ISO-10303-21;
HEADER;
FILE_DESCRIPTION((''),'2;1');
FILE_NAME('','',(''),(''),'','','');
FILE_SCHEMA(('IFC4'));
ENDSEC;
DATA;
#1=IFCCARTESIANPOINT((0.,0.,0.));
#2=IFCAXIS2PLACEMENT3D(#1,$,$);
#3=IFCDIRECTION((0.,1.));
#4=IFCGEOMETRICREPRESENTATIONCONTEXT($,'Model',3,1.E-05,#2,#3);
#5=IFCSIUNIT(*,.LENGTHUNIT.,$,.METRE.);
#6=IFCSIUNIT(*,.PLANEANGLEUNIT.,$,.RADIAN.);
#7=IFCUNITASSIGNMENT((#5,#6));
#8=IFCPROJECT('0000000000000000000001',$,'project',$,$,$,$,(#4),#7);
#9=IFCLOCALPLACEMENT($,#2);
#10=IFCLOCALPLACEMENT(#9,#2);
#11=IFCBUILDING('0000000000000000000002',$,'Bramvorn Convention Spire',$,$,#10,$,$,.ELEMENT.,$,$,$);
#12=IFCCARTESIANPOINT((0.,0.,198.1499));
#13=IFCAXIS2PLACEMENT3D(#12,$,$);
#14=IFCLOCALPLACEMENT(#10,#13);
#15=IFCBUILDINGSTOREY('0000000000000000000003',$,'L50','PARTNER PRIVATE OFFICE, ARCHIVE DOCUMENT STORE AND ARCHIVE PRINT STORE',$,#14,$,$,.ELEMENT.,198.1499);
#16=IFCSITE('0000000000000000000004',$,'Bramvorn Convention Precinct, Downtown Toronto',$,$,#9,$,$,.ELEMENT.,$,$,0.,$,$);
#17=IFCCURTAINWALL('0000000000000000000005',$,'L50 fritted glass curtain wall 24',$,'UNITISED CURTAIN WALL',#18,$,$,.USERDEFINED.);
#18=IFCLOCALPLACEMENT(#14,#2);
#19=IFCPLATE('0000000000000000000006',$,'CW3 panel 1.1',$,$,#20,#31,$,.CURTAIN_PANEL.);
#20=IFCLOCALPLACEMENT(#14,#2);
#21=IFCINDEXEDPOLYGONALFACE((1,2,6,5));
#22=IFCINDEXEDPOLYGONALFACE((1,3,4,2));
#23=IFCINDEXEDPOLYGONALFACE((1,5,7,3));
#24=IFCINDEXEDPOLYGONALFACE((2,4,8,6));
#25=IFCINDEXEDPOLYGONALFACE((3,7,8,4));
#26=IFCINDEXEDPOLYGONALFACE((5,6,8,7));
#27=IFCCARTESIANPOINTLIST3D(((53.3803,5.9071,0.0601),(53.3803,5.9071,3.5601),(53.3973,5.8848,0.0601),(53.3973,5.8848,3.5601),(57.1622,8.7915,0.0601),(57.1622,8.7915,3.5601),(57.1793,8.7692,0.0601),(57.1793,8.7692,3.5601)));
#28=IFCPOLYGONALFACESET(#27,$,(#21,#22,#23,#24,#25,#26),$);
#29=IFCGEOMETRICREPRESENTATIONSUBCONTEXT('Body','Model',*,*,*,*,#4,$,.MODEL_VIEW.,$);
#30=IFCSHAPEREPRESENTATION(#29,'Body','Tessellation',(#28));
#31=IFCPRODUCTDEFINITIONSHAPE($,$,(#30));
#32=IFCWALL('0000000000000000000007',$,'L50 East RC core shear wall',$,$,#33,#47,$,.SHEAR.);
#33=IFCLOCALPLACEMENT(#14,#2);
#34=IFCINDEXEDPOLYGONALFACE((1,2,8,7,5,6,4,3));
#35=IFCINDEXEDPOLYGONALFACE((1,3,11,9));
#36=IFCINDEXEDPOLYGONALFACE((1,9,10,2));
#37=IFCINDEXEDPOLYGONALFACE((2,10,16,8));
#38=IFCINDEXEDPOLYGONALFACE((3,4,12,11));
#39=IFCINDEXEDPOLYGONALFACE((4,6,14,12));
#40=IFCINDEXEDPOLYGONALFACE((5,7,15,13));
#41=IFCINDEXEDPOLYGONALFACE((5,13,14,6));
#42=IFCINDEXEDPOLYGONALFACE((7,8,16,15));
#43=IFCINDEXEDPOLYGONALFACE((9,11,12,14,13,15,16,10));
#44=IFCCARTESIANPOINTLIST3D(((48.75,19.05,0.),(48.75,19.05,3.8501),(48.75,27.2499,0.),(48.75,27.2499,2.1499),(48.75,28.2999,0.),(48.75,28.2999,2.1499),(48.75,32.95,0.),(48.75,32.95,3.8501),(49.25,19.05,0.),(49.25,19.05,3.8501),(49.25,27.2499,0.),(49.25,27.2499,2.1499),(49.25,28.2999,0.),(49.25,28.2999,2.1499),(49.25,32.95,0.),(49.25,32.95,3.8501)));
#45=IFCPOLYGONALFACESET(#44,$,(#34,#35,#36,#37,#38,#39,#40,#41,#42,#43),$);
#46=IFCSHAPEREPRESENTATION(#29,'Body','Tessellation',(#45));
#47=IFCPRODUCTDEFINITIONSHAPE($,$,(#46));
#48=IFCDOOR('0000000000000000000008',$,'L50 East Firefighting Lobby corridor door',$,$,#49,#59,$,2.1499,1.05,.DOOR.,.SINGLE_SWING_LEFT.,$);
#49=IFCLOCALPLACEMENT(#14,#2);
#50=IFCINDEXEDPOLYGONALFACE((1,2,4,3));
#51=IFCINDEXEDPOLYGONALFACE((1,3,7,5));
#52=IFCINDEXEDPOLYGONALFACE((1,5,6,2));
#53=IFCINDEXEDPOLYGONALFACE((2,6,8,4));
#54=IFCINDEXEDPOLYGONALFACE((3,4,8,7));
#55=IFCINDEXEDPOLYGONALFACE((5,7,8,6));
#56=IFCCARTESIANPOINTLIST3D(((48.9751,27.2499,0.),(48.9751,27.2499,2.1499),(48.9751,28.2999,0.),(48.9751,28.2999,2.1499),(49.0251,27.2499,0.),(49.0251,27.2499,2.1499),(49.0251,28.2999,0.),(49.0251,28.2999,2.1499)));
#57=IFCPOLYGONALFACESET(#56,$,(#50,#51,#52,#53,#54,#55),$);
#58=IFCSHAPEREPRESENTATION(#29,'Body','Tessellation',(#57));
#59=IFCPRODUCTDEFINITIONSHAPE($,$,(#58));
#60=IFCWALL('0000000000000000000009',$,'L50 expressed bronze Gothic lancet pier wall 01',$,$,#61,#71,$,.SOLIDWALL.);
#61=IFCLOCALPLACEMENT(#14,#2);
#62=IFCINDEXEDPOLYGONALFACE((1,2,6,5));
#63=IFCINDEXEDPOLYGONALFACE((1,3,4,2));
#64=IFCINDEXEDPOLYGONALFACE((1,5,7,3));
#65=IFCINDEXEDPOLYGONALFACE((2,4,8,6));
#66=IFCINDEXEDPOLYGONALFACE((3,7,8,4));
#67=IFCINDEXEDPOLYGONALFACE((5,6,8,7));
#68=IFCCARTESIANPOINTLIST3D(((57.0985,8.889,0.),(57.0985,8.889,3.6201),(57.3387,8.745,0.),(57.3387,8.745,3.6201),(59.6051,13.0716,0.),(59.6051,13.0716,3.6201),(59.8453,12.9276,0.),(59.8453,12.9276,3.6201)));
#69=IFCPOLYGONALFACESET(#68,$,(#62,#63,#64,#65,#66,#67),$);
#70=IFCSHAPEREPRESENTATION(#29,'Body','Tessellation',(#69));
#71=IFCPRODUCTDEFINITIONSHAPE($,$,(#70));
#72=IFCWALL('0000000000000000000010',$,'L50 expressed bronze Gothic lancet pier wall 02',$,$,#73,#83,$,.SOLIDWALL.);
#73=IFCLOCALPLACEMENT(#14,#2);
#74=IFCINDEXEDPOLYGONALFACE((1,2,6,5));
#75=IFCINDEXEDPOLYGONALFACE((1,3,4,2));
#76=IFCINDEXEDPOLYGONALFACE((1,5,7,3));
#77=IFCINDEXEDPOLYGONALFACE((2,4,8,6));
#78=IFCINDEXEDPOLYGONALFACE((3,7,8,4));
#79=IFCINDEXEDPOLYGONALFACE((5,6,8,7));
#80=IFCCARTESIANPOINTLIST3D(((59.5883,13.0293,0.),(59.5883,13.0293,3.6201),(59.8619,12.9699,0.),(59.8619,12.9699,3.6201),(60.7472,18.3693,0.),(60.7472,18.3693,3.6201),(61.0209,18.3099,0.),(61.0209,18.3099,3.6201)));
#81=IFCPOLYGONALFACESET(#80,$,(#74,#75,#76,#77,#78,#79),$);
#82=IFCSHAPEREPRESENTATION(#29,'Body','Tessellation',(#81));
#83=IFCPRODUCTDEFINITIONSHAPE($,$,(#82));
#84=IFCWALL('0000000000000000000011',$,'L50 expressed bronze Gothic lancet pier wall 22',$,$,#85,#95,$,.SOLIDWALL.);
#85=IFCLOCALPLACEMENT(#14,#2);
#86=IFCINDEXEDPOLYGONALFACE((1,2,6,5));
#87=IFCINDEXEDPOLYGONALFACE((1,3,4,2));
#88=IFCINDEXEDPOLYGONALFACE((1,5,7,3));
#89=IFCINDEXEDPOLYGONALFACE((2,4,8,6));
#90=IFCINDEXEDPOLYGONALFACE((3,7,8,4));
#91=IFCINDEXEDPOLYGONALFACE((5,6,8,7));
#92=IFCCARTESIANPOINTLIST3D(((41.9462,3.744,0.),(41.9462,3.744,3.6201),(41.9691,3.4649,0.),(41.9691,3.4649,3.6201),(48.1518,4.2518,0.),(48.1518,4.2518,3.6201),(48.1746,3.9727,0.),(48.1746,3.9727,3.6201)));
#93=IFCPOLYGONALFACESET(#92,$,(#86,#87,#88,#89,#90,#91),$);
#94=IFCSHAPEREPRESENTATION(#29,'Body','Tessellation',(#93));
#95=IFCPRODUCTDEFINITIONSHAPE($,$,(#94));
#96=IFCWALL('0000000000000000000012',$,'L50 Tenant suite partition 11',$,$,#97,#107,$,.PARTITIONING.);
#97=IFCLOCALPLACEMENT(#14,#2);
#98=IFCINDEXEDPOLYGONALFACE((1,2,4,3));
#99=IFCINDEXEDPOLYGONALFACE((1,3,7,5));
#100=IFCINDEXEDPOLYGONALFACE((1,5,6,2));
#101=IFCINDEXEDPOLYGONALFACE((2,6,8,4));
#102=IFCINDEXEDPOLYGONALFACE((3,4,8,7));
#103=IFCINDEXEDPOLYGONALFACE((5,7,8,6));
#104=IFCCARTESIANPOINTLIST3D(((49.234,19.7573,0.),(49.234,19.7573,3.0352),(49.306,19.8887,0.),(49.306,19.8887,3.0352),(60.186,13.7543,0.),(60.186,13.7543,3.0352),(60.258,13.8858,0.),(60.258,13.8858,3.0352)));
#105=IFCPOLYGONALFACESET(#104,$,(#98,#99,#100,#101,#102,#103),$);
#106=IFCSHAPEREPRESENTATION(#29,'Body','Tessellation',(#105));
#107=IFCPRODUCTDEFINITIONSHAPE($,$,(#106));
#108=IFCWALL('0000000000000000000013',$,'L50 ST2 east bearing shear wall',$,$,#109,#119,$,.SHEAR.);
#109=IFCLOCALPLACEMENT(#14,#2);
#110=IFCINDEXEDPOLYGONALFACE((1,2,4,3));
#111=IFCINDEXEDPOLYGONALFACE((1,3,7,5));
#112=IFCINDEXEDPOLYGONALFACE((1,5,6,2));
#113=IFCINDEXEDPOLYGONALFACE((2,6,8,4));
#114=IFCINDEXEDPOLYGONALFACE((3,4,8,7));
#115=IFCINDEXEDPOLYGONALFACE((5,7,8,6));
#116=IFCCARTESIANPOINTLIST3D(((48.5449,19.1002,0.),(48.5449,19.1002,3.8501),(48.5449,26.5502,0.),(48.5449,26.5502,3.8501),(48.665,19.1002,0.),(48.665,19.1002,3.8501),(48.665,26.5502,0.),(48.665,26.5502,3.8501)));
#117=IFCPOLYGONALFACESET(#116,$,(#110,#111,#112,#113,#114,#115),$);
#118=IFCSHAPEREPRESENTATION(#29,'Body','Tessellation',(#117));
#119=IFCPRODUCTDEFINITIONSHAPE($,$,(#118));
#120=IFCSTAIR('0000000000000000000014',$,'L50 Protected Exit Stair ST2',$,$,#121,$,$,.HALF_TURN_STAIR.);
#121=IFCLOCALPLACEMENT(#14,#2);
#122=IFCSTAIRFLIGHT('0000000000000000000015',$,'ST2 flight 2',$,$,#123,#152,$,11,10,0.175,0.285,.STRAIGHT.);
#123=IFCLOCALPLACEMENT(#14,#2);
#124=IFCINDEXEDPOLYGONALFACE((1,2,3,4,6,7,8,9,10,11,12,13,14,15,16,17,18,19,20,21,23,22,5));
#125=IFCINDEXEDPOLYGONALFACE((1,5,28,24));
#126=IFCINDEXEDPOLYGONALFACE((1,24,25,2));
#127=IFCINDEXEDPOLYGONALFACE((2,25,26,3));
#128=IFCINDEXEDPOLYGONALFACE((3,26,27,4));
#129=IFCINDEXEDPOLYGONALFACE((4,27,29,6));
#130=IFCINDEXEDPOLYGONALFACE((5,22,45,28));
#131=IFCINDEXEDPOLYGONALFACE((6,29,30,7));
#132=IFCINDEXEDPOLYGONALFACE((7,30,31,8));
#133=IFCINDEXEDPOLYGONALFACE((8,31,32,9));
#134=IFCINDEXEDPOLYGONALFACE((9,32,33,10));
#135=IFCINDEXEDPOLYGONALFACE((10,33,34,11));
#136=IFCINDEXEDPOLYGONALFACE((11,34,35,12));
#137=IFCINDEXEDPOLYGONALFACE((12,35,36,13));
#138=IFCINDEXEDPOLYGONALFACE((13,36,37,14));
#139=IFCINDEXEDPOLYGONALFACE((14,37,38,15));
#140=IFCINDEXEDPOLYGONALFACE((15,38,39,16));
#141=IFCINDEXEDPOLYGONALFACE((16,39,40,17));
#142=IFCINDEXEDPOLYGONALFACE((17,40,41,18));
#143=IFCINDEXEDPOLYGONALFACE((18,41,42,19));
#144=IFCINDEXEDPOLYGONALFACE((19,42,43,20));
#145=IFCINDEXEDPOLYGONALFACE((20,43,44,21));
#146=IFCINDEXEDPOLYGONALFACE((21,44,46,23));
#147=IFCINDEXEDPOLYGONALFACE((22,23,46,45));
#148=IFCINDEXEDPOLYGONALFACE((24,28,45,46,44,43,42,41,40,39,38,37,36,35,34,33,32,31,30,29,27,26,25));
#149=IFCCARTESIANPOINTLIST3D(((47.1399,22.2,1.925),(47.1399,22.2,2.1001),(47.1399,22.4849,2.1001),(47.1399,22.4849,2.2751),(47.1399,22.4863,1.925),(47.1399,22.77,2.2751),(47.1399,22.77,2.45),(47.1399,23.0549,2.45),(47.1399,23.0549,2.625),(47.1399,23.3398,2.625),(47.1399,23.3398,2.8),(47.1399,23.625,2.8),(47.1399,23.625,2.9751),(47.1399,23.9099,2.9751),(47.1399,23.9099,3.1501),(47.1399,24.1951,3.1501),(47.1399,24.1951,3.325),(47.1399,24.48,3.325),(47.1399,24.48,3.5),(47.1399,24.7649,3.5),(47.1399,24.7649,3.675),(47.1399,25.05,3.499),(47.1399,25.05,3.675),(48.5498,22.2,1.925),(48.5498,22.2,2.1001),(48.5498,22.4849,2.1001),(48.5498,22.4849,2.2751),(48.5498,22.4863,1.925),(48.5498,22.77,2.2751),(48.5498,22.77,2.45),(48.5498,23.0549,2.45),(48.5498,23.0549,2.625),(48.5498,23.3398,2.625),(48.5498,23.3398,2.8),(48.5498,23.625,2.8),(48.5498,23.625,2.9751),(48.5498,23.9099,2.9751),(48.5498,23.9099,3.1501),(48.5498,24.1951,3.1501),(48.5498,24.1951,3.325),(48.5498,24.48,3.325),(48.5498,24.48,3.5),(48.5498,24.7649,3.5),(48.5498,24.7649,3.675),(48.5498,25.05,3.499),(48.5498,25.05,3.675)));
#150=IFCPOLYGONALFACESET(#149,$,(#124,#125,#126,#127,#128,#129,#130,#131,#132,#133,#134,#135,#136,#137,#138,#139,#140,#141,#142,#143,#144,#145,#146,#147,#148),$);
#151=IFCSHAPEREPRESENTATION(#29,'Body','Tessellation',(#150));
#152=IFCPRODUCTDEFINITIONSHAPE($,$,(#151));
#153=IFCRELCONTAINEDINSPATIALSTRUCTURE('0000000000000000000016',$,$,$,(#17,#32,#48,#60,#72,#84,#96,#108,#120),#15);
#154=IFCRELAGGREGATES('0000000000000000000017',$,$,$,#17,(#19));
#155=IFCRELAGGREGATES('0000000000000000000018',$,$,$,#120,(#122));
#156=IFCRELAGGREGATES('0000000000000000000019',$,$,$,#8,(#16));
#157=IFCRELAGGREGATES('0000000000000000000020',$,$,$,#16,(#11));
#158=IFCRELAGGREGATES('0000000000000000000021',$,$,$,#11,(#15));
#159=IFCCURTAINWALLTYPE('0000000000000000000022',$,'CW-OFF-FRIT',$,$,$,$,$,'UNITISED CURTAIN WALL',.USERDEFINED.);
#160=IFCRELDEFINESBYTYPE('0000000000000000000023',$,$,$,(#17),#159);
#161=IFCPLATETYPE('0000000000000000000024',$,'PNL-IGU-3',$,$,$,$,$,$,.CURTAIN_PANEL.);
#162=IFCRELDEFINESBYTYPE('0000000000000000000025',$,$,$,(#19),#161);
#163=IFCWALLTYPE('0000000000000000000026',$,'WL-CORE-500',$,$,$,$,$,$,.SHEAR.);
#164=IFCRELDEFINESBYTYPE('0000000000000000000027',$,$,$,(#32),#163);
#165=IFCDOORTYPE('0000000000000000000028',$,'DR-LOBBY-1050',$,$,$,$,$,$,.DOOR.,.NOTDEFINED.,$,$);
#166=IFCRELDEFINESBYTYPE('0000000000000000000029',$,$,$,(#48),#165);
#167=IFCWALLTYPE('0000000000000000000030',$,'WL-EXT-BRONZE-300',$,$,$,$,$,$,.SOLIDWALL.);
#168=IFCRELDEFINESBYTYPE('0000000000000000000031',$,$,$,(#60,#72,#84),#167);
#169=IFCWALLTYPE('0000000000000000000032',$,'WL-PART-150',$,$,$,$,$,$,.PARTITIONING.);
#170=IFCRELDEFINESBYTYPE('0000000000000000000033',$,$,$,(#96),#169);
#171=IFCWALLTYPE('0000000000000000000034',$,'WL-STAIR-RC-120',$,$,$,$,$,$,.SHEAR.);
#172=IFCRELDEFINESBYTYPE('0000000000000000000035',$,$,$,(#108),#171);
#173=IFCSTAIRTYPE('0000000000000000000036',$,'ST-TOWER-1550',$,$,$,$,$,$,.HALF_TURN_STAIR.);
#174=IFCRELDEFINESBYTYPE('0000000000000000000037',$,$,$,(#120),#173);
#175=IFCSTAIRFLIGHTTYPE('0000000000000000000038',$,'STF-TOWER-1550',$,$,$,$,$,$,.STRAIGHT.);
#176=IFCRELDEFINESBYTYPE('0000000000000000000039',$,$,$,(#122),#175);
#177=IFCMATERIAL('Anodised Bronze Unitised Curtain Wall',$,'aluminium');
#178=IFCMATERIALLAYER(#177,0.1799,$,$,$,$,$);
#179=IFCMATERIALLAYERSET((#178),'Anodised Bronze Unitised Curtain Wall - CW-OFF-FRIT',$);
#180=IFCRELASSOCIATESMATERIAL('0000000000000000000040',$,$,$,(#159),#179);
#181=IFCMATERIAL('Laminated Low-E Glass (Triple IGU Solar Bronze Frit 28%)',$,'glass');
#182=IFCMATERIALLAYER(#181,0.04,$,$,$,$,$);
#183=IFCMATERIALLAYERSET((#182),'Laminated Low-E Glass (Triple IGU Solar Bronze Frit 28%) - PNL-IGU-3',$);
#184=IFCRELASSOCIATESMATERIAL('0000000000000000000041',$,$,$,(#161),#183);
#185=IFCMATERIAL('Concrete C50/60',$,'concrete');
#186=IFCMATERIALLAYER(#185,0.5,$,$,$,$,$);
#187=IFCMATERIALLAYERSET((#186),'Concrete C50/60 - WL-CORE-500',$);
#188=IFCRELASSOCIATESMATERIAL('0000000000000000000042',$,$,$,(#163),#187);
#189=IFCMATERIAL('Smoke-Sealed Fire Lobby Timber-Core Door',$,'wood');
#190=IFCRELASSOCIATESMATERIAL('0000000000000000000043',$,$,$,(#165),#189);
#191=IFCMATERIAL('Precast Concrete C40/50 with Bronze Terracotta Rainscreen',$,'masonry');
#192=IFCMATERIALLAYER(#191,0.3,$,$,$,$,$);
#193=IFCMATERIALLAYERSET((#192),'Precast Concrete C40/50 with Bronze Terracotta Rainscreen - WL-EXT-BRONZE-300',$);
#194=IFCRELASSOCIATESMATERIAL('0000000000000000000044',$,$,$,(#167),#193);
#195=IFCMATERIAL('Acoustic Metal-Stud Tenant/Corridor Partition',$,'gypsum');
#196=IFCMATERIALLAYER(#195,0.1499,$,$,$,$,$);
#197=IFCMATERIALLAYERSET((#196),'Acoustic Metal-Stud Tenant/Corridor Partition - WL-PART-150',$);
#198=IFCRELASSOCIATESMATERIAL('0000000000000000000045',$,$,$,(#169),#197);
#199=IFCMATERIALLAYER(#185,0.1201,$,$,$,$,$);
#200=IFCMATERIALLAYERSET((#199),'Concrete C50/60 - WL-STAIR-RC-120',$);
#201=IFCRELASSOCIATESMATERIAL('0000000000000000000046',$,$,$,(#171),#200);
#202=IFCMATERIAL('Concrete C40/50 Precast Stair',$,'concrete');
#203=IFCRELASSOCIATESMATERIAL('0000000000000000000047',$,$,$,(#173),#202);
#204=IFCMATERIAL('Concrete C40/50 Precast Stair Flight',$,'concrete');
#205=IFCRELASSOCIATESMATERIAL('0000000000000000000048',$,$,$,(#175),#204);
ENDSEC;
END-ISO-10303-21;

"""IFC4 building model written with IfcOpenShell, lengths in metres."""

from ifc_helpers import new_model, si_unit, direction, frame, frame_2d, origin, origin_2d, place, context, subcontext, project, spatial, polyline, rectangle, outline, extrude, material, layer, layer_set, type_object, element, fill, aggregate, save


model = new_model("IFC4")

# Units and contexts
model_context = context("Model", 3, precision=1e-05, world=origin(), true_north=direction((0.0, 1.0)))
body_context = subcontext(model_context, "Body", "Model", "MODEL_VIEW")
ifc_project = project(units=[si_unit("LENGTHUNIT", "METRE"), si_unit("PLANEANGLEUNIT", "RADIAN")], contexts=[model_context])

# Site, building, storey
site_placement = place(None, origin())
site = spatial("IfcSite", under=ifc_project, at=site_placement, Name="Bramvorn Convention Precinct, Downtown Toronto", CompositionType="ELEMENT", RefElevation=0.0)
building_placement = place(site_placement, origin())
building = spatial("IfcBuilding", under=site, at=building_placement, Name="Bramvorn Convention Spire", CompositionType="ELEMENT")
storey_placement = place(building_placement, frame((0.0, 0.0, 198.1499)))
storey = spatial("IfcBuildingStorey", under=building, at=storey_placement, Name="L50", Description="PARTNER PRIVATE OFFICE, ARCHIVE DOCUMENT STORE AND ARCHIVE PRINT STORE", CompositionType="ELEMENT", Elevation=198.1499)

# Curtain wall
ifc_material_1 = material(Name="Anodised Bronze Unitised Curtain Wall", Category="aluminium")
ifc_layer_1 = layer(ifc_material_1, 0.1799)
ifc_layer_set_1 = layer_set([ifc_layer_1], Name="Anodised Bronze Unitised Curtain Wall - CW-OFF-FRIT")
curtain_wall_type = type_object("IfcCurtainWallType", Name="CW-OFF-FRIT", ElementType="UNITISED CURTAIN WALL", PredefinedType="USERDEFINED", material=ifc_layer_set_1)
curtain_wall_1_placement = place(storey_placement, origin())
curtain_wall_1 = element("IfcCurtainWall", 1, at=curtain_wall_1_placement, inside=storey, type_object=curtain_wall_type, Name="L50 fritted glass curtain wall 24", ObjectType="UNITISED CURTAIN WALL", PredefinedType="USERDEFINED")

# Plate
ifc_material_2 = material(Name="Laminated Low-E Glass (Triple IGU Solar Bronze Frit 28%)", Category="glass")
ifc_layer_2 = layer(ifc_material_2, 0.04)
ifc_layer_set_2 = layer_set([ifc_layer_2], Name="Laminated Low-E Glass (Triple IGU Solar Bronze Frit 28%) - PNL-IGU-3")
plate_type = type_object("IfcPlateType", Name="PNL-IGU-3", PredefinedType="CURTAIN_PANEL", material=ifc_layer_set_2)
plate_1_placement = place(storey_placement, frame((55.2798, 7.3381, 0.0601), z_axis=(0.0, 0.0, 1.0), x_axis=(-0.795128, -0.606441, 0.0)))
plate_1 = element("IfcPlate", 2, at=plate_1_placement, type_object=plate_type, Name="CW3 panel 1.1", PredefinedType="CURTAIN_PANEL", context=body_context, shape_type="SweptSolid", body=[
    extrude(rectangle(XDim=4.7563, YDim=0.0281, at=origin_2d()), origin(), (0.0, 0.0, 1.0), 3.5),
])
aggregate(curtain_wall_1, [plate_1])

# Wall, opening, door
ifc_material_3 = material(Name="Concrete C50/60", Category="concrete")
ifc_layer_3 = layer(ifc_material_3, 0.5)
ifc_layer_set_3 = layer_set([ifc_layer_3], Name="Concrete C50/60 - WL-CORE-500")
wall_type_1 = type_object("IfcWallType", Name="WL-CORE-500", PredefinedType="SHEAR", material=ifc_layer_set_3)
wall_1_placement = place(storey_placement, frame((49.0, 19.05, 0.0), z_axis=(0.0, 0.0, 1.0), x_axis=(0.0, 1.0, 0.0)))
wall_1 = element("IfcWall", 3, at=wall_1_placement, inside=storey, type_object=wall_type_1, Name="L50 East RC core shear wall", PredefinedType="SHEAR", context=body_context, shape_type="SweptSolid", body=[
    extrude(rectangle(XDim=13.8999, YDim=0.5, at=frame_2d((6.95, 0.0))), origin(), (0.0, 0.0, 1.0), 3.8501),
])
opening_placement = place(wall_1_placement, frame((8.2, 0.0, 0.0)))
opening = element("IfcOpeningElement", 4, at=opening_placement, cuts=wall_1, PredefinedType="OPENING", context=body_context, shape_type="SweptSolid", body=[
    extrude(rectangle(XDim=1.05, YDim=2.1499, at=frame_2d((0.5249, 1.075))), frame((0.0, 0.26, 0.0), z_axis=(0.0, -1.0, 0.0), x_axis=(1.0, 0.0, 0.0)), (0.0, 0.0, 1.0), 0.52),
])
ifc_material_4 = material(Name="Smoke-Sealed Fire Lobby Timber-Core Door", Category="wood")
door_type = type_object("IfcDoorType", Name="DR-LOBBY-1050", OperationType="NOTDEFINED", PredefinedType="DOOR", material=ifc_material_4)
door_placement = place(opening_placement, origin())
door = element("IfcDoor", 5, at=door_placement, inside=storey, type_object=door_type, Name="L50 East Firefighting Lobby corridor door", OperationType="SINGLE_SWING_LEFT", OverallHeight=2.1499, OverallWidth=1.05, PredefinedType="DOOR", context=body_context, shape_type="SweptSolid", body=[
    extrude(rectangle(XDim=1.05, YDim=2.1499, at=frame_2d((0.5249, 1.075))), frame((0.0, 0.0249, 0.0), z_axis=(0.0, -1.0, 0.0), x_axis=(1.0, 0.0, 0.0)), (0.0, 0.0, 1.0), 0.05),
])
fill(opening, door)

# Walls
ifc_material_5 = material(Name="Precast Concrete C40/50 with Bronze Terracotta Rainscreen", Category="masonry")
ifc_layer_4 = layer(ifc_material_5, 0.3)
ifc_layer_set_4 = layer_set([ifc_layer_4], Name="Precast Concrete C40/50 with Bronze Terracotta Rainscreen - WL-EXT-BRONZE-300")
wall_type_2 = type_object("IfcWallType", Name="WL-EXT-BRONZE-300", PredefinedType="SOLIDWALL", material=ifc_layer_set_4)
wall_2_placement = place(storey_placement, frame((59.7251, 12.9995, 0.0), z_axis=(0.0, 0.0, 1.0), x_axis=(-0.514047, -0.857762, 0.0)))
element("IfcWall", 6, at=wall_2_placement, inside=storey, type_object=wall_type_2, Name="L50 expressed bronze Gothic lancet pier wall 01", PredefinedType="SOLIDWALL", context=body_context, shape_type="SweptSolid", body=[
    extrude(rectangle(XDim=4.8762, YDim=0.28, at=frame_2d((2.438, 0.0))), origin(), (0.0, 0.0, 1.0), 3.6201),
])
wall_3_placement = place(storey_placement, frame((60.884, 18.3396, 0.0), z_axis=(0.0, 0.0, 1.0), x_axis=(-0.212088, -0.97725, 0.0)))
element("IfcWall", 7, at=wall_3_placement, inside=storey, type_object=wall_type_2, Name="L50 expressed bronze Gothic lancet pier wall 02", PredefinedType="SOLIDWALL", context=body_context, shape_type="SweptSolid", body=[
    extrude(rectangle(XDim=5.4644, YDim=0.28, at=frame_2d((2.7322, 0.0))), origin(), (0.0, 0.0, 1.0), 3.6201),
])
wall_4_placement = place(storey_placement, frame((48.1633, 4.1123, 0.0), z_axis=(0.0, 0.0, 1.0), x_axis=(-0.996669, -0.081559, 0.0)))
element("IfcWall", 8, at=wall_4_placement, inside=storey, type_object=wall_type_2, Name="L50 expressed bronze Gothic lancet pier wall 22", PredefinedType="SOLIDWALL", context=body_context, shape_type="SweptSolid", body=[
    extrude(rectangle(XDim=6.2263, YDim=0.28, at=frame_2d((3.1133, 0.0))), origin(), (0.0, 0.0, 1.0), 3.6201),
])
ifc_material_6 = material(Name="Acoustic Metal-Stud Tenant/Corridor Partition", Category="gypsum")
ifc_layer_5 = layer(ifc_material_6, 0.1499)
ifc_layer_set_5 = layer_set([ifc_layer_5], Name="Acoustic Metal-Stud Tenant/Corridor Partition - WL-PART-150")
wall_type_3 = type_object("IfcWallType", Name="WL-PART-150", PredefinedType="PARTITIONING", material=ifc_layer_set_5)
wall_5_placement = place(storey_placement, frame((49.27, 19.823, 0.0), z_axis=(0.0, 0.0, 1.0), x_axis=(0.876912, -0.480651, 0.0)))
element("IfcWall", 9, at=wall_5_placement, inside=storey, type_object=wall_type_3, Name="L50 Tenant suite partition 11", PredefinedType="PARTITIONING", context=body_context, shape_type="SweptSolid", body=[
    extrude(rectangle(XDim=12.4893, YDim=0.1499, at=frame_2d((6.2446, 0.0))), origin(), (0.0, 0.0, 1.0), 3.0352),
])
ifc_layer_6 = layer(ifc_material_3, 0.1201)
ifc_layer_set_6 = layer_set([ifc_layer_6], Name="Concrete C50/60 - WL-STAIR-RC-120")
wall_type_4 = type_object("IfcWallType", Name="WL-STAIR-RC-120", PredefinedType="SHEAR", material=ifc_layer_set_6)
wall_6_placement = place(storey_placement, frame((48.605, 19.1001, 0.0), z_axis=(0.0, 0.0, 1.0), x_axis=(0.0, 1.0, 0.0)))
element("IfcWall", 10, at=wall_6_placement, inside=storey, type_object=wall_type_4, Name="L50 ST2 east bearing shear wall", PredefinedType="SHEAR", context=body_context, shape_type="SweptSolid", body=[
    extrude(rectangle(XDim=7.45, YDim=0.1201, at=frame_2d((3.7251, 0.0))), origin(), (0.0, 0.0, 1.0), 3.8501),
])

# Stair, stair flight
ifc_material_7 = material(Name="Concrete C40/50 Precast Stair", Category="concrete")
stair_type = type_object("IfcStairType", Name="ST-TOWER-1550", PredefinedType="HALF_TURN_STAIR", material=ifc_material_7)
stair_placement = place(storey_placement, origin())
stair = element("IfcStair", 11, at=stair_placement, inside=storey, type_object=stair_type, Name="L50 Protected Exit Stair ST2", PredefinedType="HALF_TURN_STAIR")
ifc_material_8 = material(Name="Concrete C40/50 Precast Stair Flight", Category="concrete")
stair_flight_type = type_object("IfcStairFlightType", Name="STF-TOWER-1550", PredefinedType="STRAIGHT", material=ifc_material_8)
stair_flight_placement = place(storey_placement, frame((47.845, 22.2, 1.925), z_axis=(0.0, 0.0, 1.0), x_axis=(0.0, 1.0, 0.0)))
stair_flight = element("IfcStairFlight", 12, at=stair_flight_placement, type_object=stair_flight_type, Name="ST2 flight 2", NumberOfRisers=11, NumberOfTreads=10, PredefinedType="STRAIGHT", RiserHeight=0.175, TreadLength=0.285, context=body_context, shape_type="SweptSolid", body=[
    extrude(outline(polyline([(0.0, 0.0), (0.0, 0.175), (0.2849, 0.175), (0.2849, 0.3501), (0.5701, 0.3501), (0.5701, 0.5249), (0.855, 0.5249), (0.855, 0.7), (1.1399, 0.7), (1.1399, 0.875), (1.425, 0.875), (1.425, 1.05), (1.71, 1.05), (1.71, 1.2251), (1.9951, 1.2251), (1.9951, 1.3999), (2.28, 1.3999), (2.28, 1.575), (2.5649, 1.575), (2.5649, 1.75), (2.8501, 1.75), (2.8501, 1.925), (2.8501, 1.574), (0.2864, 0.0), (0.0, 0.0)])), frame((0.0, 0.7051, 0.0), z_axis=(0.0, -1.0, 0.0), x_axis=(1.0, 0.0, 0.0)), (0.0, 0.0, 1.0), 1.4099),
])
aggregate(stair, [stair_flight])

save(model, "model.ifc")
